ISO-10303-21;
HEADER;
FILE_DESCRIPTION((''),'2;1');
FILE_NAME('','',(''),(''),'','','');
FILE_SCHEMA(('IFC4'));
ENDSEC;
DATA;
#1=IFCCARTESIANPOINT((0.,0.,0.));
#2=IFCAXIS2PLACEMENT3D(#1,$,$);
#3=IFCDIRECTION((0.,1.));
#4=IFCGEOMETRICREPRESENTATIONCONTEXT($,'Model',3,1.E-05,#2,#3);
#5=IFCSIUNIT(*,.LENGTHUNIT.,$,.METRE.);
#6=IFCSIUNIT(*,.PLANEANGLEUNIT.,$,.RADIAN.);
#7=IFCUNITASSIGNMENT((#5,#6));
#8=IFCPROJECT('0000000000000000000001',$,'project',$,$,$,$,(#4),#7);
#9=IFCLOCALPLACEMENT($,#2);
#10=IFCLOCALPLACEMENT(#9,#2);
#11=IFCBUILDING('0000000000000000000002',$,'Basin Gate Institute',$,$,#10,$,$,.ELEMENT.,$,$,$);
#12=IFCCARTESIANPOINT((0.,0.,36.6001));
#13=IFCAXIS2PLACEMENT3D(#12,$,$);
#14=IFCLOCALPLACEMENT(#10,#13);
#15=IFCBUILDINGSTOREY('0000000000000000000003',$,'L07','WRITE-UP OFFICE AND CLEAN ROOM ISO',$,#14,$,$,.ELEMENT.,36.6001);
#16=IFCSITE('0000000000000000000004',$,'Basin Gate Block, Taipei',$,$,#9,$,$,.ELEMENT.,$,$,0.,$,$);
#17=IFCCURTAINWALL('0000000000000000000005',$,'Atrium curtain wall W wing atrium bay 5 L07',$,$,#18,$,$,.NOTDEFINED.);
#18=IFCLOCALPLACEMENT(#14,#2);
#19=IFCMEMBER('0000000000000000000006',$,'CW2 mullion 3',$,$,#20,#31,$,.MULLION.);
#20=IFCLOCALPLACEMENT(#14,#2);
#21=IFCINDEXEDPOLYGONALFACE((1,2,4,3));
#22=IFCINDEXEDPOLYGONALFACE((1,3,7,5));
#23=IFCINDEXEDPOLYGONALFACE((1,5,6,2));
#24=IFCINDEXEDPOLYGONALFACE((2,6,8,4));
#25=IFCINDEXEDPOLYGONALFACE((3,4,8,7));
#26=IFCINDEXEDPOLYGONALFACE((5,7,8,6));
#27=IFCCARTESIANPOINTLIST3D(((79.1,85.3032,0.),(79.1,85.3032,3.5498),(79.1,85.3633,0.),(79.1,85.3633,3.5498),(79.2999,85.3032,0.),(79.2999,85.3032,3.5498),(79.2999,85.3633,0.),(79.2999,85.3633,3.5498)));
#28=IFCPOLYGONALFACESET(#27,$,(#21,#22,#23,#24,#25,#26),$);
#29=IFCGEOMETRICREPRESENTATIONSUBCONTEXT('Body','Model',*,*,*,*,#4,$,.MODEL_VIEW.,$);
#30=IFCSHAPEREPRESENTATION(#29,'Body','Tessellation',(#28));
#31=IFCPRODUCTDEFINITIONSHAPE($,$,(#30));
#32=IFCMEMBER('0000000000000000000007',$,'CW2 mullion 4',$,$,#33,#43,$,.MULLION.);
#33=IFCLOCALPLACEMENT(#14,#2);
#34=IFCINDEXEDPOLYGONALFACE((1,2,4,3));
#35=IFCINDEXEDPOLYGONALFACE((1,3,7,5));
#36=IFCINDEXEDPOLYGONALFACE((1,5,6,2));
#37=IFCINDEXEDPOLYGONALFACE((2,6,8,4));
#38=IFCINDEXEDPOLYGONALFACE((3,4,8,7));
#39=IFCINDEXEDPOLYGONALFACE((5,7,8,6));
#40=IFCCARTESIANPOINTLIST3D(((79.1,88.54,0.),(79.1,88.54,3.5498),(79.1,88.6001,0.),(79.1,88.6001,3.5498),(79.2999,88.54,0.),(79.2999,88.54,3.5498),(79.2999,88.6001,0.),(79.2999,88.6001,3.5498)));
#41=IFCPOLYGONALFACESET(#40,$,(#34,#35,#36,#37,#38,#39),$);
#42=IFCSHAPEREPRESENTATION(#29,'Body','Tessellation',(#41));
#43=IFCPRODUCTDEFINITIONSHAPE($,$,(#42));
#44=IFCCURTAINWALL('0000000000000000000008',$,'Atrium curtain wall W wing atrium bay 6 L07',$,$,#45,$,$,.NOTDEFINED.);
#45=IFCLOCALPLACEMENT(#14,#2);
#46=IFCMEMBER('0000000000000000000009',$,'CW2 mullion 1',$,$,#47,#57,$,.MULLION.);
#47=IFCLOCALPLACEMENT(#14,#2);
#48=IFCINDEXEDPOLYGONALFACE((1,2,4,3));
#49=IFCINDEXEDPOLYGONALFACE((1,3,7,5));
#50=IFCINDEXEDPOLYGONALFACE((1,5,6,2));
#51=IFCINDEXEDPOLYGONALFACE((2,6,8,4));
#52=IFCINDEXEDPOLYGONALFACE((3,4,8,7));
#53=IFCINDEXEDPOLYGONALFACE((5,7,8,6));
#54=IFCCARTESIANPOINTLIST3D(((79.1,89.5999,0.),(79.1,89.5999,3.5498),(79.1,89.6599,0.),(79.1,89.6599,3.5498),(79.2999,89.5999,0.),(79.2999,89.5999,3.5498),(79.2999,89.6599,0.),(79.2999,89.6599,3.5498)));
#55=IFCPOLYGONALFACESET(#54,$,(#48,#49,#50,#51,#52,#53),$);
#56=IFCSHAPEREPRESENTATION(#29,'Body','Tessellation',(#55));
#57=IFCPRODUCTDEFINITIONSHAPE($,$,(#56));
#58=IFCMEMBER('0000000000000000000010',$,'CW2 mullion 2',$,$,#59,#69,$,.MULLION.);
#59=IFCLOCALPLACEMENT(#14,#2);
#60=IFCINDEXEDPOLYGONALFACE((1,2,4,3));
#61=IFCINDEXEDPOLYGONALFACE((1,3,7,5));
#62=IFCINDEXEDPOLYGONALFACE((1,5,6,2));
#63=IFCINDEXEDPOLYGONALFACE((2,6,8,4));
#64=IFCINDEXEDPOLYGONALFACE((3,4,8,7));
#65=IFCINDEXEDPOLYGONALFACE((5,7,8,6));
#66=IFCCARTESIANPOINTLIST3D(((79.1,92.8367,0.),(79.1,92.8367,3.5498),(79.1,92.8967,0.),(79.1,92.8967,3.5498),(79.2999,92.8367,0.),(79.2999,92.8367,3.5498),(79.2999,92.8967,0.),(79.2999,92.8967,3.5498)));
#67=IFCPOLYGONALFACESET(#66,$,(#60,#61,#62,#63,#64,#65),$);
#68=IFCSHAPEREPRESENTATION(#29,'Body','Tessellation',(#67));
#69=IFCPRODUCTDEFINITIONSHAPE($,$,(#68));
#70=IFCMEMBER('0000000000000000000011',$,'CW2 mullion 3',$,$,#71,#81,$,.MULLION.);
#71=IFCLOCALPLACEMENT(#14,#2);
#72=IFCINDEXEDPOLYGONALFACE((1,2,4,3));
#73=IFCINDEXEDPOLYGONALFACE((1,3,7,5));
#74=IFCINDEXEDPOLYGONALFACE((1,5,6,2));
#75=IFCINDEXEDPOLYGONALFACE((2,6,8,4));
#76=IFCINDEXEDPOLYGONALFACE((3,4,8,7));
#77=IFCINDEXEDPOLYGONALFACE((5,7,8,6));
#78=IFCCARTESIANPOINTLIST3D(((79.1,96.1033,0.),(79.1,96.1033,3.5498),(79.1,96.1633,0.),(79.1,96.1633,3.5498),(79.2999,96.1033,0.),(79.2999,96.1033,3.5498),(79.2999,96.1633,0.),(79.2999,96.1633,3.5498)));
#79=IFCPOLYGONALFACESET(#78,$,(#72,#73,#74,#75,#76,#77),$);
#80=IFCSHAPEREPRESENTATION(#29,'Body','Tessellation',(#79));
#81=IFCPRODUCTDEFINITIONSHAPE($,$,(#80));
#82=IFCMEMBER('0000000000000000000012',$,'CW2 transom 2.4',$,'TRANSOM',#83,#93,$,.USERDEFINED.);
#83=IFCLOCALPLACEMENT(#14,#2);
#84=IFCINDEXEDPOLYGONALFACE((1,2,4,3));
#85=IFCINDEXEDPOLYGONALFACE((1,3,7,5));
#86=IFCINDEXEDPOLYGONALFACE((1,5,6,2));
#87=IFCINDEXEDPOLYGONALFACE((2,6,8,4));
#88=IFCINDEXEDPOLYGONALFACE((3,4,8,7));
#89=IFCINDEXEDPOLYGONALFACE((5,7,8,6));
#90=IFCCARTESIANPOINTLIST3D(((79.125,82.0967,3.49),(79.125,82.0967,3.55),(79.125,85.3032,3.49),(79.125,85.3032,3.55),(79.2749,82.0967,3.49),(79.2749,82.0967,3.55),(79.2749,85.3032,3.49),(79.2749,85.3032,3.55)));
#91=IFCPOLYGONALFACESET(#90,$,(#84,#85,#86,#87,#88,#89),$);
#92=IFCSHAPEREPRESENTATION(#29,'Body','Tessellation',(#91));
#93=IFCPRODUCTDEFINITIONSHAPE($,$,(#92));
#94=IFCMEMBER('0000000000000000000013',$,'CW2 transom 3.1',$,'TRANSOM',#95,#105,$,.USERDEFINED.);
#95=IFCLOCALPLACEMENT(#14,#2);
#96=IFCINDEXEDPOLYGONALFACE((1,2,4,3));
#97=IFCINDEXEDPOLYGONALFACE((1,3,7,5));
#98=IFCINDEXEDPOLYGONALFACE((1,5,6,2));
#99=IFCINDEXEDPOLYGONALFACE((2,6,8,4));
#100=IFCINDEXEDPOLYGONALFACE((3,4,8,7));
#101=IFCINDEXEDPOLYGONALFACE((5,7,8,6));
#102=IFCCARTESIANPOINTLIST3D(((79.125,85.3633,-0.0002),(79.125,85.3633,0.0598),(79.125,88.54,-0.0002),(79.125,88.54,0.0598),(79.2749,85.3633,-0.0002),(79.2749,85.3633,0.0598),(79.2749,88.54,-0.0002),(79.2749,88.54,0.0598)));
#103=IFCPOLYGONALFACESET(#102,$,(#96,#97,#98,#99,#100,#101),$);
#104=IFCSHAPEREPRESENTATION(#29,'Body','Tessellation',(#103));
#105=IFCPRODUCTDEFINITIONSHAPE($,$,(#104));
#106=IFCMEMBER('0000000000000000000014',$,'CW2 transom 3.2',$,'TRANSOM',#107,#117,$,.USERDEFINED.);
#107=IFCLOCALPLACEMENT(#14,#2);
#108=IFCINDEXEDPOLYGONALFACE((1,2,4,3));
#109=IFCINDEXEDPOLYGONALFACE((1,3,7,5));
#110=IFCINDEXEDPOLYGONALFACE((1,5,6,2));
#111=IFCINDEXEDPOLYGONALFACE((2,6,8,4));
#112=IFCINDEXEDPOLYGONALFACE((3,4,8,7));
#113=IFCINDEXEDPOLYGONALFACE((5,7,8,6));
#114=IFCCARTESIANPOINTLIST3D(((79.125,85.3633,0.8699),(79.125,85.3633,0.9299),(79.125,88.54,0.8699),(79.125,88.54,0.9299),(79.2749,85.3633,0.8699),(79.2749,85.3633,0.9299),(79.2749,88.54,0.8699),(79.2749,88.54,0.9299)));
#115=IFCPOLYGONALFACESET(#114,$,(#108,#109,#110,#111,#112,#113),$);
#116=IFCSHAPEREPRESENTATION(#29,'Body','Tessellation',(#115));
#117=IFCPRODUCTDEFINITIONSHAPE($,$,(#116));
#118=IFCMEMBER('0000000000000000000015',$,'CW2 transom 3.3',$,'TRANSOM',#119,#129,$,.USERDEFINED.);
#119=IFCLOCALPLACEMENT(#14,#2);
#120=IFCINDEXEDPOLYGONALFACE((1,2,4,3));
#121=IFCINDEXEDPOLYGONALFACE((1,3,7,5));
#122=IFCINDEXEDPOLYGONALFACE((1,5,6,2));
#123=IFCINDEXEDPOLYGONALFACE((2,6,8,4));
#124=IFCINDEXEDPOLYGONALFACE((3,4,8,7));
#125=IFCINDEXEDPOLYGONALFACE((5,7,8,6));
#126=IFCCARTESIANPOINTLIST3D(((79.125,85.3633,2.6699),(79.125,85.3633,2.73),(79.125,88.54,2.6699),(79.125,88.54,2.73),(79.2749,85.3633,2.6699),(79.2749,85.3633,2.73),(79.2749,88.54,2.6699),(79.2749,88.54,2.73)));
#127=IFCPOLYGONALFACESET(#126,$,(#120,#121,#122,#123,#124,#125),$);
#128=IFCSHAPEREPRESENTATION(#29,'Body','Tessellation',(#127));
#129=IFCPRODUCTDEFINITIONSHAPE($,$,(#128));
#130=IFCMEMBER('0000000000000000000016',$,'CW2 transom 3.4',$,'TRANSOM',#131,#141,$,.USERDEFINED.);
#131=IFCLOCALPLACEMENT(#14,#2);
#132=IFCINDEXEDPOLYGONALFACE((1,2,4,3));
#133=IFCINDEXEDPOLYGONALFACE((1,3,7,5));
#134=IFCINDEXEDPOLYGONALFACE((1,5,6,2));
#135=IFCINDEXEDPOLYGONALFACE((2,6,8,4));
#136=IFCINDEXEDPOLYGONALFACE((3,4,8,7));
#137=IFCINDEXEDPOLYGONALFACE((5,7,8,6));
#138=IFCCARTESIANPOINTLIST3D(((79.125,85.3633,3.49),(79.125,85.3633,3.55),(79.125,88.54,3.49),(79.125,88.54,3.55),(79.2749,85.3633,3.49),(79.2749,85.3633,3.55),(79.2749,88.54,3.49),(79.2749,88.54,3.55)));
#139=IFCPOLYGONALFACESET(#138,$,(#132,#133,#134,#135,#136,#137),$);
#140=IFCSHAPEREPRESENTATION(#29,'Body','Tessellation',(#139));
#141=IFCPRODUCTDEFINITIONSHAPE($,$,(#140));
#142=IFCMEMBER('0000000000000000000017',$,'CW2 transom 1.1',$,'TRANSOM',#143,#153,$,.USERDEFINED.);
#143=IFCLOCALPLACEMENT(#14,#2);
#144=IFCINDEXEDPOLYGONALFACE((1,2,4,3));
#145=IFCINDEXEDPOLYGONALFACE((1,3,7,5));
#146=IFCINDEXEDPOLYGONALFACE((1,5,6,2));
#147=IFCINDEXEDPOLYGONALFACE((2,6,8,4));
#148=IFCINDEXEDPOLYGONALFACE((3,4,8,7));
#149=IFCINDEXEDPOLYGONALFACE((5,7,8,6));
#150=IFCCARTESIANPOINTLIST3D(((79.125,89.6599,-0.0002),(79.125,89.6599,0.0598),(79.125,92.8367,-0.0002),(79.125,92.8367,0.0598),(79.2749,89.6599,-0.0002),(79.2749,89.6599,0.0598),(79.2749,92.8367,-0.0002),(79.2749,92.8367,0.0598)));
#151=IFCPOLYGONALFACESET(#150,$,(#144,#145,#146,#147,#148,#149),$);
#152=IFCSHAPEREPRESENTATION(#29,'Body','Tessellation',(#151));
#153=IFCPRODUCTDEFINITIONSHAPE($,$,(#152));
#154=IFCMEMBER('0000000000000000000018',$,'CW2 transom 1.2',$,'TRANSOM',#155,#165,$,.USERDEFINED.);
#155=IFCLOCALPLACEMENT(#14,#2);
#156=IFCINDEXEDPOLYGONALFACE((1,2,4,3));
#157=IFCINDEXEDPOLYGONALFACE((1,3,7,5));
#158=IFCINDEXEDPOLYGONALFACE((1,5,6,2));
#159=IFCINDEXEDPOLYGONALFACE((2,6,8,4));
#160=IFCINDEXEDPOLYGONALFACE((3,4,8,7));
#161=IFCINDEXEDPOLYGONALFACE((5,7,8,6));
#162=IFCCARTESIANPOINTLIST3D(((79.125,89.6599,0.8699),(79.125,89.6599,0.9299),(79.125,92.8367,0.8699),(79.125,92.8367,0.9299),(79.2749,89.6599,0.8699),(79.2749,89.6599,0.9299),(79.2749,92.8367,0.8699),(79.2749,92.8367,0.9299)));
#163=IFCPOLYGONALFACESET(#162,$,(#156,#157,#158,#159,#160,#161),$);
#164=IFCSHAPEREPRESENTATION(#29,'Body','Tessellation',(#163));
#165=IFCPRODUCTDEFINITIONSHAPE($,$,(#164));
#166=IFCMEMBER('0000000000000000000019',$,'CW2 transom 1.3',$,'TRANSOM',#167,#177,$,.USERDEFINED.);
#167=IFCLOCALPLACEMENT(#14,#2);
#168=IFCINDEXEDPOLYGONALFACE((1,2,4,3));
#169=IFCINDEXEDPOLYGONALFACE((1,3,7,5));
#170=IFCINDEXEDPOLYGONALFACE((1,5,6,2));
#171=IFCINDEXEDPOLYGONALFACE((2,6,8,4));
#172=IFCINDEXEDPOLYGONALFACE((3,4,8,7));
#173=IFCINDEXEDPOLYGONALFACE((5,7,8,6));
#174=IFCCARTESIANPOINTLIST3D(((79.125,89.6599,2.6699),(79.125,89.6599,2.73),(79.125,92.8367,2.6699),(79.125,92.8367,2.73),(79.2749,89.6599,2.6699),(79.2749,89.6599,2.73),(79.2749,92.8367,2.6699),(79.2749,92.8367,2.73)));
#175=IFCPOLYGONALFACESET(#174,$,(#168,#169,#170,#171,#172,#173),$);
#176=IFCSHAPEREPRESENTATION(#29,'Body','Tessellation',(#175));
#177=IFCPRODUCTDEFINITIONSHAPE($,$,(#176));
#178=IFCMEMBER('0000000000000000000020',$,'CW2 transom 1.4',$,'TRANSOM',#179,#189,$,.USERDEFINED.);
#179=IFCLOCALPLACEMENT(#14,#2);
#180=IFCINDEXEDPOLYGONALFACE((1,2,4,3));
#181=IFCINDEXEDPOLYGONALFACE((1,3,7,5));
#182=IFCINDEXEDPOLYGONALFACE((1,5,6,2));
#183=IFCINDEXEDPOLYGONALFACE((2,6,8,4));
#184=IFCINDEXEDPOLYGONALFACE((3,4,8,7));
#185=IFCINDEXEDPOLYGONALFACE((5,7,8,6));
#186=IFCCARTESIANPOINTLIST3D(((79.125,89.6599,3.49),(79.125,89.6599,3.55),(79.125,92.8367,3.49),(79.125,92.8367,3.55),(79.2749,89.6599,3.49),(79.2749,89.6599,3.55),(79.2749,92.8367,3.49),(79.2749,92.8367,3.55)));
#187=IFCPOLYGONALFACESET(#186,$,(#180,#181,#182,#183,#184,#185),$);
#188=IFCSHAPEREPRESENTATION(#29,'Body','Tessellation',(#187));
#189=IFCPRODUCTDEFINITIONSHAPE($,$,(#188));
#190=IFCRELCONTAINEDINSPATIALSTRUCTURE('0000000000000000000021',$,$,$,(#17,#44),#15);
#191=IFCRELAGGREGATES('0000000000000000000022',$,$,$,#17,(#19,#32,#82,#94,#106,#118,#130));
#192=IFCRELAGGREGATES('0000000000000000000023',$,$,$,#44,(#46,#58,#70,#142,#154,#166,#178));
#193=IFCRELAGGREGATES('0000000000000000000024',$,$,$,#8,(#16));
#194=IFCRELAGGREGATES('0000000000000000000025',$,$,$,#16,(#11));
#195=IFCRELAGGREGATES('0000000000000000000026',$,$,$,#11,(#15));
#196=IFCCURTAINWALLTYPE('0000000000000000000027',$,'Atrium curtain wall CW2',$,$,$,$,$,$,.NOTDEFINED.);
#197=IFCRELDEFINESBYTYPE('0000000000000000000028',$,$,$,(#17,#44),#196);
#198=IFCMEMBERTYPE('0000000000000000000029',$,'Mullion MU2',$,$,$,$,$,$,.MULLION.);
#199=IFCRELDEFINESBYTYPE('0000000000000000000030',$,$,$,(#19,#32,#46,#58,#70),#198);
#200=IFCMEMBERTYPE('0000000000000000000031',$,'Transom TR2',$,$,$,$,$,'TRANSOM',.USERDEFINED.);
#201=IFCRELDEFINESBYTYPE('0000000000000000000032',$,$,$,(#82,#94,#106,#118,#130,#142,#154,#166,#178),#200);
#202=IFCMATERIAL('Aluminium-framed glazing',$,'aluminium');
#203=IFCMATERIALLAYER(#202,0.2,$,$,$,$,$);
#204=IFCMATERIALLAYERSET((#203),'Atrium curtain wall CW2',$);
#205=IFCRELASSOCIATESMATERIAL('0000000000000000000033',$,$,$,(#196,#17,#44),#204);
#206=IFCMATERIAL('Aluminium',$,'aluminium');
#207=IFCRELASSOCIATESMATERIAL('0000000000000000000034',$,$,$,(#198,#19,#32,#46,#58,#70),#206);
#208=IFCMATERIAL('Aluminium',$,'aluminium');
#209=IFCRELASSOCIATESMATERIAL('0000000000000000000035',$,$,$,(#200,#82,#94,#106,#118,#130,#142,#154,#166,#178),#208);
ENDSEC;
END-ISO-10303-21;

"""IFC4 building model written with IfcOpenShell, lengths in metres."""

from ifc_helpers import new_model, si_unit, direction, frame, origin, origin_2d, place, context, subcontext, project, spatial, rectangle, extrude, material, layer, layer_set, material_profile, profile_set, type_object, element, aggregate, save


model = new_model("IFC4")

# Units and contexts
model_context = context("Model", 3, precision=1e-05, world=origin(), true_north=direction((0.0, 1.0)))
body_context = subcontext(model_context, "Body", "Model", "MODEL_VIEW")
ifc_project = project(units=[si_unit("LENGTHUNIT", "METRE"), si_unit("PLANEANGLEUNIT", "RADIAN")], contexts=[model_context])

# Site, building, storey
site_placement = place(None, origin())
site = spatial("IfcSite", under=ifc_project, at=site_placement, Name="Basin Gate Block, Taipei", CompositionType="ELEMENT", RefElevation=0.0)
building_placement = place(site_placement, origin())
building = spatial("IfcBuilding", under=site, at=building_placement, Name="Basin Gate Institute", CompositionType="ELEMENT")
storey_placement = place(building_placement, frame((0.0, 0.0, 36.6001)))
storey = spatial("IfcBuildingStorey", under=building, at=storey_placement, Name="L07", Description="WRITE-UP OFFICE AND CLEAN ROOM ISO", CompositionType="ELEMENT", Elevation=36.6001)

# Curtain walls, members
ifc_material_1 = material(Name="Aluminium-framed glazing", Category="aluminium")
ifc_layer_1 = layer(ifc_material_1, 0.2)
ifc_layer_set_1 = layer_set([ifc_layer_1], Name="Atrium curtain wall CW2")
curtain_wall_type = type_object("IfcCurtainWallType", Name="Atrium curtain wall CW2", PredefinedType="NOTDEFINED", material=ifc_layer_set_1)
curtain_wall_1_placement = place(storey_placement, origin())
curtain_wall_1 = element("IfcCurtainWall", 1, at=curtain_wall_1_placement, inside=storey, type_object=curtain_wall_type, material=ifc_layer_set_1, Name="Atrium curtain wall W wing atrium bay 5 L07", PredefinedType="NOTDEFINED")
ifc_material_2 = material(Name="Aluminium", Category="aluminium")
ifc_material_profile_1 = material_profile(ifc_material_2, rectangle(XDim=0.2, YDim=0.0601, at=origin_2d()), Name="Mullion MU2 200 x 60")
ifc_profile_set_1 = profile_set([ifc_material_profile_1], Name="Aluminium")
member_type_1 = type_object("IfcMemberType", Name="Mullion MU2", PredefinedType="MULLION", material=ifc_profile_set_1)
member_1_placement = place(storey_placement, frame((79.2, 85.3333, 0.0), z_axis=(0.0, 0.0, 1.0), x_axis=(-1.0, 0.0, 0.0)))
member_1 = element("IfcMember", 2, at=member_1_placement, type_object=member_type_1, material=ifc_profile_set_1, Name="CW2 mullion 3", PredefinedType="MULLION", context=body_context, shape_type="SweptSolid", body=[
    extrude(rectangle(XDim=0.2, YDim=0.0601, at=origin_2d()), origin(), (0.0, 0.0, 1.0), 3.5498),
])
member_2_placement = place(storey_placement, frame((79.2, 88.5701, 0.0), z_axis=(0.0, 0.0, 1.0), x_axis=(-1.0, 0.0, 0.0)))
member_2 = element("IfcMember", 3, at=member_2_placement, type_object=member_type_1, material=ifc_profile_set_1, Name="CW2 mullion 4", PredefinedType="MULLION", context=body_context, shape_type="SweptSolid", body=[
    extrude(rectangle(XDim=0.2, YDim=0.0601, at=origin_2d()), origin(), (0.0, 0.0, 1.0), 3.5498),
])
curtain_wall_2_placement = place(storey_placement, origin())
curtain_wall_2 = element("IfcCurtainWall", 4, at=curtain_wall_2_placement, inside=storey, type_object=curtain_wall_type, material=ifc_layer_set_1, Name="Atrium curtain wall W wing atrium bay 6 L07", PredefinedType="NOTDEFINED")
member_3_placement = place(storey_placement, frame((79.2, 89.6299, 0.0), z_axis=(0.0, 0.0, 1.0), x_axis=(-1.0, 0.0, 0.0)))
member_3 = element("IfcMember", 5, at=member_3_placement, type_object=member_type_1, material=ifc_profile_set_1, Name="CW2 mullion 1", PredefinedType="MULLION", context=body_context, shape_type="SweptSolid", body=[
    extrude(rectangle(XDim=0.2, YDim=0.0601, at=origin_2d()), origin(), (0.0, 0.0, 1.0), 3.5498),
])
member_4_placement = place(storey_placement, frame((79.2, 92.8667, 0.0), z_axis=(0.0, 0.0, 1.0), x_axis=(-1.0, 0.0, 0.0)))
member_4 = element("IfcMember", 6, at=member_4_placement, type_object=member_type_1, material=ifc_profile_set_1, Name="CW2 mullion 2", PredefinedType="MULLION", context=body_context, shape_type="SweptSolid", body=[
    extrude(rectangle(XDim=0.2, YDim=0.0601, at=origin_2d()), origin(), (0.0, 0.0, 1.0), 3.5498),
])
member_5_placement = place(storey_placement, frame((79.2, 96.1333, 0.0), z_axis=(0.0, 0.0, 1.0), x_axis=(-1.0, 0.0, 0.0)))
member_5 = element("IfcMember", 7, at=member_5_placement, type_object=member_type_1, material=ifc_profile_set_1, Name="CW2 mullion 3", PredefinedType="MULLION", context=body_context, shape_type="SweptSolid", body=[
    extrude(rectangle(XDim=0.2, YDim=0.0601, at=origin_2d()), origin(), (0.0, 0.0, 1.0), 3.5498),
])

# Members
ifc_material_3 = material(Name="Aluminium", Category="aluminium")
ifc_material_profile_2 = material_profile(ifc_material_3, rectangle(XDim=0.1499, YDim=0.0601, at=origin_2d()), Name="Transom TR2 150 x 60")
ifc_profile_set_2 = profile_set([ifc_material_profile_2], Name="Aluminium")
member_type_2 = type_object("IfcMemberType", Name="Transom TR2", ElementType="TRANSOM", PredefinedType="USERDEFINED", material=ifc_profile_set_2)
member_6_placement = place(storey_placement, frame((79.2, 82.0967, 3.52), z_axis=(0.0, 1.0, 0.0), x_axis=(-1.0, 0.0, 0.0)))
member_6 = element("IfcMember", 8, at=member_6_placement, type_object=member_type_2, material=ifc_profile_set_2, Name="CW2 transom 2.4", ObjectType="TRANSOM", PredefinedType="USERDEFINED", context=body_context, shape_type="SweptSolid", body=[
    extrude(rectangle(XDim=0.1499, YDim=0.0601, at=origin_2d()), origin(), (0.0, 0.0, 1.0), 3.2065),
])
member_7_placement = place(storey_placement, frame((79.2, 85.3633, 0.0298), z_axis=(0.0, 1.0, 0.0), x_axis=(-1.0, 0.0, 0.0)))
member_7 = element("IfcMember", 9, at=member_7_placement, type_object=member_type_2, material=ifc_profile_set_2, Name="CW2 transom 3.1", ObjectType="TRANSOM", PredefinedType="USERDEFINED", context=body_context, shape_type="SweptSolid", body=[
    extrude(rectangle(XDim=0.1499, YDim=0.0601, at=origin_2d()), origin(), (0.0, 0.0, 1.0), 3.1768),
])
member_8_placement = place(storey_placement, frame((79.2, 85.3633, 0.8999), z_axis=(0.0, 1.0, 0.0), x_axis=(-1.0, 0.0, 0.0)))
member_8 = element("IfcMember", 10, at=member_8_placement, type_object=member_type_2, material=ifc_profile_set_2, Name="CW2 transom 3.2", ObjectType="TRANSOM", PredefinedType="USERDEFINED", context=body_context, shape_type="SweptSolid", body=[
    extrude(rectangle(XDim=0.1499, YDim=0.0601, at=origin_2d()), origin(), (0.0, 0.0, 1.0), 3.1768),
])
member_9_placement = place(storey_placement, frame((79.2, 85.3633, 2.7), z_axis=(0.0, 1.0, 0.0), x_axis=(-1.0, 0.0, 0.0)))
member_9 = element("IfcMember", 11, at=member_9_placement, type_object=member_type_2, material=ifc_profile_set_2, Name="CW2 transom 3.3", ObjectType="TRANSOM", PredefinedType="USERDEFINED", context=body_context, shape_type="SweptSolid", body=[
    extrude(rectangle(XDim=0.1499, YDim=0.0601, at=origin_2d()), origin(), (0.0, 0.0, 1.0), 3.1768),
])
member_10_placement = place(storey_placement, frame((79.2, 85.3633, 3.52), z_axis=(0.0, 1.0, 0.0), x_axis=(-1.0, 0.0, 0.0)))
member_10 = element("IfcMember", 12, at=member_10_placement, type_object=member_type_2, material=ifc_profile_set_2, Name="CW2 transom 3.4", ObjectType="TRANSOM", PredefinedType="USERDEFINED", context=body_context, shape_type="SweptSolid", body=[
    extrude(rectangle(XDim=0.1499, YDim=0.0601, at=origin_2d()), origin(), (0.0, 0.0, 1.0), 3.1768),
])
member_11_placement = place(storey_placement, frame((79.2, 89.6599, 0.0298), z_axis=(0.0, 1.0, 0.0), x_axis=(-1.0, 0.0, 0.0)))
member_11 = element("IfcMember", 13, at=member_11_placement, type_object=member_type_2, material=ifc_profile_set_2, Name="CW2 transom 1.1", ObjectType="TRANSOM", PredefinedType="USERDEFINED", context=body_context, shape_type="SweptSolid", body=[
    extrude(rectangle(XDim=0.1499, YDim=0.0601, at=origin_2d()), origin(), (0.0, 0.0, 1.0), 3.1768),
])
member_12_placement = place(storey_placement, frame((79.2, 89.6599, 0.8999), z_axis=(0.0, 1.0, 0.0), x_axis=(-1.0, 0.0, 0.0)))
member_12 = element("IfcMember", 14, at=member_12_placement, type_object=member_type_2, material=ifc_profile_set_2, Name="CW2 transom 1.2", ObjectType="TRANSOM", PredefinedType="USERDEFINED", context=body_context, shape_type="SweptSolid", body=[
    extrude(rectangle(XDim=0.1499, YDim=0.0601, at=origin_2d()), origin(), (0.0, 0.0, 1.0), 3.1768),
])
member_13_placement = place(storey_placement, frame((79.2, 89.6599, 2.7), z_axis=(0.0, 1.0, 0.0), x_axis=(-1.0, 0.0, 0.0)))
member_13 = element("IfcMember", 15, at=member_13_placement, type_object=member_type_2, material=ifc_profile_set_2, Name="CW2 transom 1.3", ObjectType="TRANSOM", PredefinedType="USERDEFINED", context=body_context, shape_type="SweptSolid", body=[
    extrude(rectangle(XDim=0.1499, YDim=0.0601, at=origin_2d()), origin(), (0.0, 0.0, 1.0), 3.1768),
])
member_14_placement = place(storey_placement, frame((79.2, 89.6599, 3.52), z_axis=(0.0, 1.0, 0.0), x_axis=(-1.0, 0.0, 0.0)))
member_14 = element("IfcMember", 16, at=member_14_placement, type_object=member_type_2, material=ifc_profile_set_2, Name="CW2 transom 1.4", ObjectType="TRANSOM", PredefinedType="USERDEFINED", context=body_context, shape_type="SweptSolid", body=[
    extrude(rectangle(XDim=0.1499, YDim=0.0601, at=origin_2d()), origin(), (0.0, 0.0, 1.0), 3.1768),
])

aggregate(curtain_wall_1, [member_1, member_2, member_6, member_7, member_8, member_9, member_10])
aggregate(curtain_wall_2, [member_3, member_4, member_5, member_11, member_12, member_13, member_14])

save(model, "model.ifc")
